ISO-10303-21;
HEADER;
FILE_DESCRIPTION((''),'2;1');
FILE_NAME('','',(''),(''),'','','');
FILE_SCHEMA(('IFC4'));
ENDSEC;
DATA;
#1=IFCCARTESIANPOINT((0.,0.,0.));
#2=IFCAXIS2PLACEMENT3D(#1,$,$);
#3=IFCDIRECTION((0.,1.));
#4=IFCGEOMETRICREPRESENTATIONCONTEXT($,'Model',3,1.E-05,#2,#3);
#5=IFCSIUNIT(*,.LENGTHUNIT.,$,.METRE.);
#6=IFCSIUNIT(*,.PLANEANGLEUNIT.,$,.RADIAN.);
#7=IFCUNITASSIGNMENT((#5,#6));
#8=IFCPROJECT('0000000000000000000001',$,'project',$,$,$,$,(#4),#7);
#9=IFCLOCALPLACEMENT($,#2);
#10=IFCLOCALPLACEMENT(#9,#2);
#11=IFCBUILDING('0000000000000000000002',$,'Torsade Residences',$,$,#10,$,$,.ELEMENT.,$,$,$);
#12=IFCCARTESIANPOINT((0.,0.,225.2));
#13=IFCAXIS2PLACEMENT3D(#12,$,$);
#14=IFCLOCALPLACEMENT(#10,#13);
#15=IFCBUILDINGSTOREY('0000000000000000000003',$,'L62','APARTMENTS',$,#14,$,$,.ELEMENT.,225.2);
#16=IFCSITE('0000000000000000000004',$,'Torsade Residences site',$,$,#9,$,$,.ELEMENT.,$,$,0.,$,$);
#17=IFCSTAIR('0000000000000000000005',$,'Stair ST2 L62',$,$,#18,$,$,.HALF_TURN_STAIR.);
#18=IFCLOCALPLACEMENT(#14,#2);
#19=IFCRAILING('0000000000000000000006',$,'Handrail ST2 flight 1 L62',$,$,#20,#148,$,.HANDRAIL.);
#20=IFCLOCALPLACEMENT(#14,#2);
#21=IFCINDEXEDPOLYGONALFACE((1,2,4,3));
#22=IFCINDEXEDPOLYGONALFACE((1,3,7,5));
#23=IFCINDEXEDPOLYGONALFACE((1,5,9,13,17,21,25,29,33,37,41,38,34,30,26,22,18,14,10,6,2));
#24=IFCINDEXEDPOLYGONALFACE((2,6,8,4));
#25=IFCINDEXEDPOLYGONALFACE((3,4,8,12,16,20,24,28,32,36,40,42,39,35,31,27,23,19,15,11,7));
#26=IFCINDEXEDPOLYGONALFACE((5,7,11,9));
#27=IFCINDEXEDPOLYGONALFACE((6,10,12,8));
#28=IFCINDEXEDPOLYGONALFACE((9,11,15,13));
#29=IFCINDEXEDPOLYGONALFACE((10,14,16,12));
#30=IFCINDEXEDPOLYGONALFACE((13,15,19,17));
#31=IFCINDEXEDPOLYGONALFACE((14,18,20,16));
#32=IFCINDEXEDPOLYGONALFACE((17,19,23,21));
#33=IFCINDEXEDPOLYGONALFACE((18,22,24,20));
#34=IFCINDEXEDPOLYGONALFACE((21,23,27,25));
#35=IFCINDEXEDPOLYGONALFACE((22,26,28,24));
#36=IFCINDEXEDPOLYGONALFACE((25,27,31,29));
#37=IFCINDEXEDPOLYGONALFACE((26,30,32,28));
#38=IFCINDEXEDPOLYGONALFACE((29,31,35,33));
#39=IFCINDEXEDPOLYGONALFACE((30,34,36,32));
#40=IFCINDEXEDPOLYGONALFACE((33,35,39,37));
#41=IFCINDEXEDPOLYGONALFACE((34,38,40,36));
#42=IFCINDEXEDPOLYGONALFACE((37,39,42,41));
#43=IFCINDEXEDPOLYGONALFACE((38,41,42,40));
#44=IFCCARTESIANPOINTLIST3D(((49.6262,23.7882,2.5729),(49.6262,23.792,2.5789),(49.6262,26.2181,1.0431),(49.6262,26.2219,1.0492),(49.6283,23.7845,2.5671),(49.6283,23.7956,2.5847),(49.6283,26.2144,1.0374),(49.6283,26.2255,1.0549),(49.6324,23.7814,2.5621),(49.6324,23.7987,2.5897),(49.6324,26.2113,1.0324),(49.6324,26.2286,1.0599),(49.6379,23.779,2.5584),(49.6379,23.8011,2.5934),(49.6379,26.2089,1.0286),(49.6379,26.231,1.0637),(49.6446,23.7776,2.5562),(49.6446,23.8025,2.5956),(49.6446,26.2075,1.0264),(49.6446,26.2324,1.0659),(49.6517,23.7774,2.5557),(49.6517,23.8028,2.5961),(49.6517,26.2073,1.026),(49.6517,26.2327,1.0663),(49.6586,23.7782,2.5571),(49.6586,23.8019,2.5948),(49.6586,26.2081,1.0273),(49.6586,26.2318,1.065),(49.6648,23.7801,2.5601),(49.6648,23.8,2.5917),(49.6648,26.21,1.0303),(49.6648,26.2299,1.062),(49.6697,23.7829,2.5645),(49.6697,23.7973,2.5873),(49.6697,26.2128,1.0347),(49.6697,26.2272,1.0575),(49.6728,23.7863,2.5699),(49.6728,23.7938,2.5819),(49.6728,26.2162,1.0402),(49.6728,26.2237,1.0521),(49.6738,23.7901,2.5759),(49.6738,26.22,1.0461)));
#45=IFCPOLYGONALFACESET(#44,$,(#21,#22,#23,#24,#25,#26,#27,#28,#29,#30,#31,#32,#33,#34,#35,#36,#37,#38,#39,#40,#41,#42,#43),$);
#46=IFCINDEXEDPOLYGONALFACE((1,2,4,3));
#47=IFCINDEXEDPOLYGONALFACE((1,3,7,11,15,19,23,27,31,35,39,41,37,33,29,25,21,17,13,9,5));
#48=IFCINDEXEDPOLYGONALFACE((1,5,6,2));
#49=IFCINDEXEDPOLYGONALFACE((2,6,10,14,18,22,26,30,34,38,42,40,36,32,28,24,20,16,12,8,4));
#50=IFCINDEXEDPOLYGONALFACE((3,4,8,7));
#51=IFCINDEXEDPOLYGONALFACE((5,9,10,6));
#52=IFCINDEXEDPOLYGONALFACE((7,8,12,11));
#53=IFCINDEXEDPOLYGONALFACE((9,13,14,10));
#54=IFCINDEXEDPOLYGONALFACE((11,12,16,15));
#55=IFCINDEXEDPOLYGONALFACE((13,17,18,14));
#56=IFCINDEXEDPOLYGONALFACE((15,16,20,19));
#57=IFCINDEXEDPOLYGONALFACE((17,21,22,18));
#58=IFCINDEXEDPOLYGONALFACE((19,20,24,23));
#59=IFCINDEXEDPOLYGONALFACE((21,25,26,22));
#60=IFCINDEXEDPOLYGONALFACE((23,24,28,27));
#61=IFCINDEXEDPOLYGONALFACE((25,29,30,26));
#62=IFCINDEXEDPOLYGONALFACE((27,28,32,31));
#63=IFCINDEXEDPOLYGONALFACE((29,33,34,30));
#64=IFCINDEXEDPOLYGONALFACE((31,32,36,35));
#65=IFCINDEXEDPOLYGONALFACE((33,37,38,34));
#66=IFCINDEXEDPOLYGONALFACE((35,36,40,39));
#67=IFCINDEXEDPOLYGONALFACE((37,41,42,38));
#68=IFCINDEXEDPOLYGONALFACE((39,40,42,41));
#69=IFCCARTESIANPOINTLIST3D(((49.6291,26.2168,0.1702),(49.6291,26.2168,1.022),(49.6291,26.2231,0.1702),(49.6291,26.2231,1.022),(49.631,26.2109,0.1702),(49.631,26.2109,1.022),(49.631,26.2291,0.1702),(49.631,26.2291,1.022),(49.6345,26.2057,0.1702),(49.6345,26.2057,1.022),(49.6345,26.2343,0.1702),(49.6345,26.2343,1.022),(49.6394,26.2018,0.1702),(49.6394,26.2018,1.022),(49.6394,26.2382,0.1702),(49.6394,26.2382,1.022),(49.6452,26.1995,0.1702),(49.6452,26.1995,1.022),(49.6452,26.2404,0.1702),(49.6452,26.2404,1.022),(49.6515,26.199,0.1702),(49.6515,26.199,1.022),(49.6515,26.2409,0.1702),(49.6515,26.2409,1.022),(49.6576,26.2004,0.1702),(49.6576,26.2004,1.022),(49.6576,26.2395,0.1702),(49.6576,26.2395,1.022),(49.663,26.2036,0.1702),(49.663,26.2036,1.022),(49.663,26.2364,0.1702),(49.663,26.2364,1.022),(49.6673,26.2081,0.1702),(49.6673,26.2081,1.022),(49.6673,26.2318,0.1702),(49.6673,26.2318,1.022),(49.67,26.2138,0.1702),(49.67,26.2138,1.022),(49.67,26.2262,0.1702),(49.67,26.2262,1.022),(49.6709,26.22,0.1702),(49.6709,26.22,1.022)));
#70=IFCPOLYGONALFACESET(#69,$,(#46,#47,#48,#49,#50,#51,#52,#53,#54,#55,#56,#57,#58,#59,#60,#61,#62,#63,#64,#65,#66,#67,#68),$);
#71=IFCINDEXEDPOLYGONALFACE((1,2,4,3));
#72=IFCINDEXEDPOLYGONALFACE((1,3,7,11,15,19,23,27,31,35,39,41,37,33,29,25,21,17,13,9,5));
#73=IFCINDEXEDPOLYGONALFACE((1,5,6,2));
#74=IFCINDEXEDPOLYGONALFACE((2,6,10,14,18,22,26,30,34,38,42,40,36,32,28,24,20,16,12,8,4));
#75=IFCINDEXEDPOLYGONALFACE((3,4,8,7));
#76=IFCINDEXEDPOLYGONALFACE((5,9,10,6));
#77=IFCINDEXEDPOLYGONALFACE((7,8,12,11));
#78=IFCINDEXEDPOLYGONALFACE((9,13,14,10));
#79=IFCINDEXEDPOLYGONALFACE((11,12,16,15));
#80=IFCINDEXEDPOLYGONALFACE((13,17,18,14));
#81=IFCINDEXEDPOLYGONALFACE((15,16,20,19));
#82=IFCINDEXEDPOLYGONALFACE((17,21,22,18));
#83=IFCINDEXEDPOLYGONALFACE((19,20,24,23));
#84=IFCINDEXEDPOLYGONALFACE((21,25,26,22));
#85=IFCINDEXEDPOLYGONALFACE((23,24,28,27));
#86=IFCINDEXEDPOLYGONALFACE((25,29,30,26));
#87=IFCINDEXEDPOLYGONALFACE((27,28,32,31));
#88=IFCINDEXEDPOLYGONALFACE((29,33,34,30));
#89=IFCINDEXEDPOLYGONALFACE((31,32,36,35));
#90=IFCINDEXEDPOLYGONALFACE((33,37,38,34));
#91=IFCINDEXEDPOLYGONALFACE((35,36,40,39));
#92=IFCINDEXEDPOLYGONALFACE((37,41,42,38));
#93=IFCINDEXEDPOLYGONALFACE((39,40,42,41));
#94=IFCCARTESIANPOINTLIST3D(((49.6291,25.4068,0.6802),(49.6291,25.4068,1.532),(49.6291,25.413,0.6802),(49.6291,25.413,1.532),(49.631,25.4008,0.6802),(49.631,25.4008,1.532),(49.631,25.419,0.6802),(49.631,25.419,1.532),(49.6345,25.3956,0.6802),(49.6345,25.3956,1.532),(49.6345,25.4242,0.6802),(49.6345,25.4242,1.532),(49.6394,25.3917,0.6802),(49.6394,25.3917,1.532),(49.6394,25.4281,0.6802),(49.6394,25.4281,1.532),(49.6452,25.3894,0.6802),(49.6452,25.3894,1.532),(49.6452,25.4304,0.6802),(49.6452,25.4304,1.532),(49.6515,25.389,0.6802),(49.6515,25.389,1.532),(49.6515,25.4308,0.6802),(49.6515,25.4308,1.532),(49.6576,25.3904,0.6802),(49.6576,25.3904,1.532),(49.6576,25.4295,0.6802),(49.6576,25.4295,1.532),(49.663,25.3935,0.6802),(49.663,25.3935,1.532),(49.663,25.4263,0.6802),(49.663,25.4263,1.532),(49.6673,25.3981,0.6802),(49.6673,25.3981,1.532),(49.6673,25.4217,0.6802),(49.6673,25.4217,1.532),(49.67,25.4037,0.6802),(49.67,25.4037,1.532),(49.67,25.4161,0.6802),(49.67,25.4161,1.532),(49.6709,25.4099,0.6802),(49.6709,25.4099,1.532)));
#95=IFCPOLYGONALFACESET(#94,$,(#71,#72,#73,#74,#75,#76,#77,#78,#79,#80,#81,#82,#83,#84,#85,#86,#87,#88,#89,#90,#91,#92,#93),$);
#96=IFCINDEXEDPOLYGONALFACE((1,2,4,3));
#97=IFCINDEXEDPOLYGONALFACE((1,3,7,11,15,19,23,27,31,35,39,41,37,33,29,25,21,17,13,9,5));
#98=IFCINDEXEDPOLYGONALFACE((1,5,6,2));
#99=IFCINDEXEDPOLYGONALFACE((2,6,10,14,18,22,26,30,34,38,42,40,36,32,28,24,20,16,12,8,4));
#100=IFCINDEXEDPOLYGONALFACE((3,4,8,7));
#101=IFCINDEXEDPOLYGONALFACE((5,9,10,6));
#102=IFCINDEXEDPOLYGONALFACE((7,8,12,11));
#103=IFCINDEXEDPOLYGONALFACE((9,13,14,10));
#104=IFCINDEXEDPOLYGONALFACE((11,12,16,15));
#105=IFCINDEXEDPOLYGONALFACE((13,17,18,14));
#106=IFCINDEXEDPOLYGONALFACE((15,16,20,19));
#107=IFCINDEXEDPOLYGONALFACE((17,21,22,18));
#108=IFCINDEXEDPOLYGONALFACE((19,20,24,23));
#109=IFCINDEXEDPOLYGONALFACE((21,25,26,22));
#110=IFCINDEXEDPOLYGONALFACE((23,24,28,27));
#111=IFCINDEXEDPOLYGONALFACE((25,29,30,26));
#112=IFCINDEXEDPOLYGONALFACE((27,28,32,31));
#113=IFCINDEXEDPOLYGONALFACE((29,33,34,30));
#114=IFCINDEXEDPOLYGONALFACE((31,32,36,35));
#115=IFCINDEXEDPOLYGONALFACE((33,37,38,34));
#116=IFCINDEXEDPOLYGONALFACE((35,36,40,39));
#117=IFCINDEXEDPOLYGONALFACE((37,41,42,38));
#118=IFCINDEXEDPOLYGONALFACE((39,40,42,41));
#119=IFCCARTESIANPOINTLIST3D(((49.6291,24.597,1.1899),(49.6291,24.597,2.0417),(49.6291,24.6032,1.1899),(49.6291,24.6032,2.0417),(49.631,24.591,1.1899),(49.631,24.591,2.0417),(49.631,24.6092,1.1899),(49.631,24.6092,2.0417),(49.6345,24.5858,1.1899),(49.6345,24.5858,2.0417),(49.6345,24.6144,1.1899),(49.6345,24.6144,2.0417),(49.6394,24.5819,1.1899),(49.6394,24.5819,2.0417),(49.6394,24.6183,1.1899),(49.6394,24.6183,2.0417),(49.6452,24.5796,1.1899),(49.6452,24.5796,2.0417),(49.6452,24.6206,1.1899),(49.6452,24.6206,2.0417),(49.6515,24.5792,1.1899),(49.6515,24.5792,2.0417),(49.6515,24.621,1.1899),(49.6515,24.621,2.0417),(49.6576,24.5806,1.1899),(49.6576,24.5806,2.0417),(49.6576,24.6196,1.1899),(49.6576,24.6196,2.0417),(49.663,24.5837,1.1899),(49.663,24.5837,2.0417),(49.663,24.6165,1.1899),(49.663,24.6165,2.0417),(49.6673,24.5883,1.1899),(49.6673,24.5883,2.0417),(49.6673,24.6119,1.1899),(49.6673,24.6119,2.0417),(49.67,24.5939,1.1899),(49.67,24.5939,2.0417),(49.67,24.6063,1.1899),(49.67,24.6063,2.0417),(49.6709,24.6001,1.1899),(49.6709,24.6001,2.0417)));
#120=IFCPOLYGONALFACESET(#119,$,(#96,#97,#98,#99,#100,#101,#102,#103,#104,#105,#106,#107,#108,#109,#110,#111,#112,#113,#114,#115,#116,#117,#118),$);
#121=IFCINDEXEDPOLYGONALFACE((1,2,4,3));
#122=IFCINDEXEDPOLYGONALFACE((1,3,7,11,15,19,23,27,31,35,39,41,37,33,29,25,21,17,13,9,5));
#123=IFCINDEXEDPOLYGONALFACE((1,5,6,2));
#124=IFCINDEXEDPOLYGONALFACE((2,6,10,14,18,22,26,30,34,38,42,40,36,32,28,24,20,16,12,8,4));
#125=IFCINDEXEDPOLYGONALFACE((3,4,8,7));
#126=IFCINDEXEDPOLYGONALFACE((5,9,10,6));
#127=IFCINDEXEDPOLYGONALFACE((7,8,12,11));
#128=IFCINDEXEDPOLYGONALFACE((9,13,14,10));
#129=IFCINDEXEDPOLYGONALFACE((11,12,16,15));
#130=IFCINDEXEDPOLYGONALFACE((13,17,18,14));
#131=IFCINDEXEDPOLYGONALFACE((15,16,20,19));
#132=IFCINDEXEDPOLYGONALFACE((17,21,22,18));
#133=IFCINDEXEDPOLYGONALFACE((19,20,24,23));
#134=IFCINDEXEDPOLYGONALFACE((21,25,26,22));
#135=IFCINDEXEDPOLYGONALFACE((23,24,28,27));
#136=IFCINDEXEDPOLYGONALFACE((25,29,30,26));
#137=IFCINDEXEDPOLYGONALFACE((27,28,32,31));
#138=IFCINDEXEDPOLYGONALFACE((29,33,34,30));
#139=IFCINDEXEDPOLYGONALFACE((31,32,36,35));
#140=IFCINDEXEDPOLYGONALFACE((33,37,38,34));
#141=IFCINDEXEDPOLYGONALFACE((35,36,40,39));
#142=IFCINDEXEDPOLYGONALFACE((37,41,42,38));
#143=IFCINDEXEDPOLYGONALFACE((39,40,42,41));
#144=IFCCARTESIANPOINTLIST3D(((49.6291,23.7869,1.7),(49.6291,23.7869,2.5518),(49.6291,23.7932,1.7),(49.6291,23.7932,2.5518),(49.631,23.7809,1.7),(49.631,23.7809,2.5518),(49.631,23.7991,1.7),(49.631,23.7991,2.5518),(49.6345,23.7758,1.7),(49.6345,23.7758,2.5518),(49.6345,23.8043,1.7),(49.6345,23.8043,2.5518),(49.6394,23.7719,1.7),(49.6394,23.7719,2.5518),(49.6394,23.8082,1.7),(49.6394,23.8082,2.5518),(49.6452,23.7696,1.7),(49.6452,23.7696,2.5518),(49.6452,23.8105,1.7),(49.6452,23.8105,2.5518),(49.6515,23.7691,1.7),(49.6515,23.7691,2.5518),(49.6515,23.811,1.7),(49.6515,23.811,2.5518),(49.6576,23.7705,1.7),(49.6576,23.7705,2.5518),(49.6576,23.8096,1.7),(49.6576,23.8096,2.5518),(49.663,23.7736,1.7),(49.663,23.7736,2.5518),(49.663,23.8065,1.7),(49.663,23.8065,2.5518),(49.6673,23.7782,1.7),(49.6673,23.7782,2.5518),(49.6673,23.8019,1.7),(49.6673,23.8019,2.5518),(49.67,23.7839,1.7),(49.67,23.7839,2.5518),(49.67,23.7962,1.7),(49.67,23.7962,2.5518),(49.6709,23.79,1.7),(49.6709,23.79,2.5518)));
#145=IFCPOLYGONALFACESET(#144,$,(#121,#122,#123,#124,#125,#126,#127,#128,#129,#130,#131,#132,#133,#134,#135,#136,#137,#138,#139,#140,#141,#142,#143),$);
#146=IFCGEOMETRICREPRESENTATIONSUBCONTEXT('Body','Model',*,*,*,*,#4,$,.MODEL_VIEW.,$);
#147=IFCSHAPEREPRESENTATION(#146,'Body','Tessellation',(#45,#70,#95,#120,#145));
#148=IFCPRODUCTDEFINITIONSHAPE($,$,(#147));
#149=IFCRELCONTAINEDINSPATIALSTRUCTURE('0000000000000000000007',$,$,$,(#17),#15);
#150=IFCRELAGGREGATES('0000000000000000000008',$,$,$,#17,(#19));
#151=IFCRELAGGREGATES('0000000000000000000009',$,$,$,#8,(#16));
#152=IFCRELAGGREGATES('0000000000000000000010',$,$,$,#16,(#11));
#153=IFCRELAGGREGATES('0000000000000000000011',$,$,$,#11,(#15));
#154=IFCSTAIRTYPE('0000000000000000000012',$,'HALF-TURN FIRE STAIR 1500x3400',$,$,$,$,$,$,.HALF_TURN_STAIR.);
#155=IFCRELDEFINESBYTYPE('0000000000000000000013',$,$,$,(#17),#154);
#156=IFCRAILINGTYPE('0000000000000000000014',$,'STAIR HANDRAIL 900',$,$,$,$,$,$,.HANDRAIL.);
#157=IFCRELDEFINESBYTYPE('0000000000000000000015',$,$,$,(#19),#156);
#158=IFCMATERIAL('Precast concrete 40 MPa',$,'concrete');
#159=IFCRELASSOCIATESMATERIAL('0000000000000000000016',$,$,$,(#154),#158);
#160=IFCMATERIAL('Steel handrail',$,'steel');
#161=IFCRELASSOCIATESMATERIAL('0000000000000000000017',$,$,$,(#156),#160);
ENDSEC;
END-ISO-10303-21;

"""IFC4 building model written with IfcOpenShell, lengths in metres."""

from ifc_helpers import new_model, si_unit, direction, frame, origin, origin_2d, place, context, subcontext, project, spatial, circle, extrude, material, type_object, element, aggregate, save


model = new_model("IFC4")

# Units and contexts
model_context = context("Model", 3, precision=1e-05, world=origin(), true_north=direction((0.0, 1.0)))
body_context = subcontext(model_context, "Body", "Model", "MODEL_VIEW")
ifc_project = project(units=[si_unit("LENGTHUNIT", "METRE"), si_unit("PLANEANGLEUNIT", "RADIAN")], contexts=[model_context])

# Site, building, storey
site_placement = place(None, origin())
site = spatial("IfcSite", under=ifc_project, at=site_placement, Name="Torsade Residences site", CompositionType="ELEMENT", RefElevation=0.0)
building_placement = place(site_placement, origin())
building = spatial("IfcBuilding", under=site, at=building_placement, Name="Torsade Residences", CompositionType="ELEMENT")
storey_placement = place(building_placement, frame((0.0, 0.0, 225.2)))
storey = spatial("IfcBuildingStorey", under=building, at=storey_placement, Name="L62", Description="APARTMENTS", CompositionType="ELEMENT", Elevation=225.2)

# Stair, railing
ifc_material_1 = material(Name="Precast concrete 40 MPa", Category="concrete")
stair_type = type_object("IfcStairType", Name="HALF-TURN FIRE STAIR 1500x3400", PredefinedType="HALF_TURN_STAIR", material=ifc_material_1)
stair_placement = place(storey_placement, origin())
stair = element("IfcStair", 1, at=stair_placement, inside=storey, type_object=stair_type, Name="Stair ST2 L62", PredefinedType="HALF_TURN_STAIR")
ifc_material_2 = material(Name="Steel handrail", Category="steel")
railing_type = type_object("IfcRailingType", Name="STAIR HANDRAIL 900", PredefinedType="HANDRAIL", material=ifc_material_2)
railing_1_placement = place(storey_placement, frame((49.6499, 26.22, 0.1702)))
railing_1 = element("IfcRailing", 2, at=railing_1_placement, type_object=railing_type, Name="Handrail ST2 flight 1 L62", PredefinedType="HANDRAIL", context=body_context, shape_type="SweptSolid", body=[
    extrude(circle(Radius=0.0239, at=origin_2d()), frame((0.0, 0.0, 0.876), z_axis=(0.0, -0.84626, 0.53277), x_axis=(1.0, 0.0, 0.0)), (0.0, 0.0, 1.0), 2.8713),
    extrude(circle(Radius=0.021, at=origin_2d()), origin(), (0.0, 0.0, 1.0), 0.8518),
    extrude(circle(Radius=0.021, at=origin_2d()), frame((0.0, -0.8101, 0.51)), (0.0, 0.0, 1.0), 0.8518),
    extrude(circle(Radius=0.021, at=origin_2d()), frame((0.0, -1.6199, 1.0198)), (0.0, 0.0, 1.0), 0.8518),
    extrude(circle(Radius=0.021, at=origin_2d()), frame((0.0, -2.4299, 1.5298)), (0.0, 0.0, 1.0), 0.8518),
])
aggregate(stair, [railing_1])

save(model, "model.ifc")
